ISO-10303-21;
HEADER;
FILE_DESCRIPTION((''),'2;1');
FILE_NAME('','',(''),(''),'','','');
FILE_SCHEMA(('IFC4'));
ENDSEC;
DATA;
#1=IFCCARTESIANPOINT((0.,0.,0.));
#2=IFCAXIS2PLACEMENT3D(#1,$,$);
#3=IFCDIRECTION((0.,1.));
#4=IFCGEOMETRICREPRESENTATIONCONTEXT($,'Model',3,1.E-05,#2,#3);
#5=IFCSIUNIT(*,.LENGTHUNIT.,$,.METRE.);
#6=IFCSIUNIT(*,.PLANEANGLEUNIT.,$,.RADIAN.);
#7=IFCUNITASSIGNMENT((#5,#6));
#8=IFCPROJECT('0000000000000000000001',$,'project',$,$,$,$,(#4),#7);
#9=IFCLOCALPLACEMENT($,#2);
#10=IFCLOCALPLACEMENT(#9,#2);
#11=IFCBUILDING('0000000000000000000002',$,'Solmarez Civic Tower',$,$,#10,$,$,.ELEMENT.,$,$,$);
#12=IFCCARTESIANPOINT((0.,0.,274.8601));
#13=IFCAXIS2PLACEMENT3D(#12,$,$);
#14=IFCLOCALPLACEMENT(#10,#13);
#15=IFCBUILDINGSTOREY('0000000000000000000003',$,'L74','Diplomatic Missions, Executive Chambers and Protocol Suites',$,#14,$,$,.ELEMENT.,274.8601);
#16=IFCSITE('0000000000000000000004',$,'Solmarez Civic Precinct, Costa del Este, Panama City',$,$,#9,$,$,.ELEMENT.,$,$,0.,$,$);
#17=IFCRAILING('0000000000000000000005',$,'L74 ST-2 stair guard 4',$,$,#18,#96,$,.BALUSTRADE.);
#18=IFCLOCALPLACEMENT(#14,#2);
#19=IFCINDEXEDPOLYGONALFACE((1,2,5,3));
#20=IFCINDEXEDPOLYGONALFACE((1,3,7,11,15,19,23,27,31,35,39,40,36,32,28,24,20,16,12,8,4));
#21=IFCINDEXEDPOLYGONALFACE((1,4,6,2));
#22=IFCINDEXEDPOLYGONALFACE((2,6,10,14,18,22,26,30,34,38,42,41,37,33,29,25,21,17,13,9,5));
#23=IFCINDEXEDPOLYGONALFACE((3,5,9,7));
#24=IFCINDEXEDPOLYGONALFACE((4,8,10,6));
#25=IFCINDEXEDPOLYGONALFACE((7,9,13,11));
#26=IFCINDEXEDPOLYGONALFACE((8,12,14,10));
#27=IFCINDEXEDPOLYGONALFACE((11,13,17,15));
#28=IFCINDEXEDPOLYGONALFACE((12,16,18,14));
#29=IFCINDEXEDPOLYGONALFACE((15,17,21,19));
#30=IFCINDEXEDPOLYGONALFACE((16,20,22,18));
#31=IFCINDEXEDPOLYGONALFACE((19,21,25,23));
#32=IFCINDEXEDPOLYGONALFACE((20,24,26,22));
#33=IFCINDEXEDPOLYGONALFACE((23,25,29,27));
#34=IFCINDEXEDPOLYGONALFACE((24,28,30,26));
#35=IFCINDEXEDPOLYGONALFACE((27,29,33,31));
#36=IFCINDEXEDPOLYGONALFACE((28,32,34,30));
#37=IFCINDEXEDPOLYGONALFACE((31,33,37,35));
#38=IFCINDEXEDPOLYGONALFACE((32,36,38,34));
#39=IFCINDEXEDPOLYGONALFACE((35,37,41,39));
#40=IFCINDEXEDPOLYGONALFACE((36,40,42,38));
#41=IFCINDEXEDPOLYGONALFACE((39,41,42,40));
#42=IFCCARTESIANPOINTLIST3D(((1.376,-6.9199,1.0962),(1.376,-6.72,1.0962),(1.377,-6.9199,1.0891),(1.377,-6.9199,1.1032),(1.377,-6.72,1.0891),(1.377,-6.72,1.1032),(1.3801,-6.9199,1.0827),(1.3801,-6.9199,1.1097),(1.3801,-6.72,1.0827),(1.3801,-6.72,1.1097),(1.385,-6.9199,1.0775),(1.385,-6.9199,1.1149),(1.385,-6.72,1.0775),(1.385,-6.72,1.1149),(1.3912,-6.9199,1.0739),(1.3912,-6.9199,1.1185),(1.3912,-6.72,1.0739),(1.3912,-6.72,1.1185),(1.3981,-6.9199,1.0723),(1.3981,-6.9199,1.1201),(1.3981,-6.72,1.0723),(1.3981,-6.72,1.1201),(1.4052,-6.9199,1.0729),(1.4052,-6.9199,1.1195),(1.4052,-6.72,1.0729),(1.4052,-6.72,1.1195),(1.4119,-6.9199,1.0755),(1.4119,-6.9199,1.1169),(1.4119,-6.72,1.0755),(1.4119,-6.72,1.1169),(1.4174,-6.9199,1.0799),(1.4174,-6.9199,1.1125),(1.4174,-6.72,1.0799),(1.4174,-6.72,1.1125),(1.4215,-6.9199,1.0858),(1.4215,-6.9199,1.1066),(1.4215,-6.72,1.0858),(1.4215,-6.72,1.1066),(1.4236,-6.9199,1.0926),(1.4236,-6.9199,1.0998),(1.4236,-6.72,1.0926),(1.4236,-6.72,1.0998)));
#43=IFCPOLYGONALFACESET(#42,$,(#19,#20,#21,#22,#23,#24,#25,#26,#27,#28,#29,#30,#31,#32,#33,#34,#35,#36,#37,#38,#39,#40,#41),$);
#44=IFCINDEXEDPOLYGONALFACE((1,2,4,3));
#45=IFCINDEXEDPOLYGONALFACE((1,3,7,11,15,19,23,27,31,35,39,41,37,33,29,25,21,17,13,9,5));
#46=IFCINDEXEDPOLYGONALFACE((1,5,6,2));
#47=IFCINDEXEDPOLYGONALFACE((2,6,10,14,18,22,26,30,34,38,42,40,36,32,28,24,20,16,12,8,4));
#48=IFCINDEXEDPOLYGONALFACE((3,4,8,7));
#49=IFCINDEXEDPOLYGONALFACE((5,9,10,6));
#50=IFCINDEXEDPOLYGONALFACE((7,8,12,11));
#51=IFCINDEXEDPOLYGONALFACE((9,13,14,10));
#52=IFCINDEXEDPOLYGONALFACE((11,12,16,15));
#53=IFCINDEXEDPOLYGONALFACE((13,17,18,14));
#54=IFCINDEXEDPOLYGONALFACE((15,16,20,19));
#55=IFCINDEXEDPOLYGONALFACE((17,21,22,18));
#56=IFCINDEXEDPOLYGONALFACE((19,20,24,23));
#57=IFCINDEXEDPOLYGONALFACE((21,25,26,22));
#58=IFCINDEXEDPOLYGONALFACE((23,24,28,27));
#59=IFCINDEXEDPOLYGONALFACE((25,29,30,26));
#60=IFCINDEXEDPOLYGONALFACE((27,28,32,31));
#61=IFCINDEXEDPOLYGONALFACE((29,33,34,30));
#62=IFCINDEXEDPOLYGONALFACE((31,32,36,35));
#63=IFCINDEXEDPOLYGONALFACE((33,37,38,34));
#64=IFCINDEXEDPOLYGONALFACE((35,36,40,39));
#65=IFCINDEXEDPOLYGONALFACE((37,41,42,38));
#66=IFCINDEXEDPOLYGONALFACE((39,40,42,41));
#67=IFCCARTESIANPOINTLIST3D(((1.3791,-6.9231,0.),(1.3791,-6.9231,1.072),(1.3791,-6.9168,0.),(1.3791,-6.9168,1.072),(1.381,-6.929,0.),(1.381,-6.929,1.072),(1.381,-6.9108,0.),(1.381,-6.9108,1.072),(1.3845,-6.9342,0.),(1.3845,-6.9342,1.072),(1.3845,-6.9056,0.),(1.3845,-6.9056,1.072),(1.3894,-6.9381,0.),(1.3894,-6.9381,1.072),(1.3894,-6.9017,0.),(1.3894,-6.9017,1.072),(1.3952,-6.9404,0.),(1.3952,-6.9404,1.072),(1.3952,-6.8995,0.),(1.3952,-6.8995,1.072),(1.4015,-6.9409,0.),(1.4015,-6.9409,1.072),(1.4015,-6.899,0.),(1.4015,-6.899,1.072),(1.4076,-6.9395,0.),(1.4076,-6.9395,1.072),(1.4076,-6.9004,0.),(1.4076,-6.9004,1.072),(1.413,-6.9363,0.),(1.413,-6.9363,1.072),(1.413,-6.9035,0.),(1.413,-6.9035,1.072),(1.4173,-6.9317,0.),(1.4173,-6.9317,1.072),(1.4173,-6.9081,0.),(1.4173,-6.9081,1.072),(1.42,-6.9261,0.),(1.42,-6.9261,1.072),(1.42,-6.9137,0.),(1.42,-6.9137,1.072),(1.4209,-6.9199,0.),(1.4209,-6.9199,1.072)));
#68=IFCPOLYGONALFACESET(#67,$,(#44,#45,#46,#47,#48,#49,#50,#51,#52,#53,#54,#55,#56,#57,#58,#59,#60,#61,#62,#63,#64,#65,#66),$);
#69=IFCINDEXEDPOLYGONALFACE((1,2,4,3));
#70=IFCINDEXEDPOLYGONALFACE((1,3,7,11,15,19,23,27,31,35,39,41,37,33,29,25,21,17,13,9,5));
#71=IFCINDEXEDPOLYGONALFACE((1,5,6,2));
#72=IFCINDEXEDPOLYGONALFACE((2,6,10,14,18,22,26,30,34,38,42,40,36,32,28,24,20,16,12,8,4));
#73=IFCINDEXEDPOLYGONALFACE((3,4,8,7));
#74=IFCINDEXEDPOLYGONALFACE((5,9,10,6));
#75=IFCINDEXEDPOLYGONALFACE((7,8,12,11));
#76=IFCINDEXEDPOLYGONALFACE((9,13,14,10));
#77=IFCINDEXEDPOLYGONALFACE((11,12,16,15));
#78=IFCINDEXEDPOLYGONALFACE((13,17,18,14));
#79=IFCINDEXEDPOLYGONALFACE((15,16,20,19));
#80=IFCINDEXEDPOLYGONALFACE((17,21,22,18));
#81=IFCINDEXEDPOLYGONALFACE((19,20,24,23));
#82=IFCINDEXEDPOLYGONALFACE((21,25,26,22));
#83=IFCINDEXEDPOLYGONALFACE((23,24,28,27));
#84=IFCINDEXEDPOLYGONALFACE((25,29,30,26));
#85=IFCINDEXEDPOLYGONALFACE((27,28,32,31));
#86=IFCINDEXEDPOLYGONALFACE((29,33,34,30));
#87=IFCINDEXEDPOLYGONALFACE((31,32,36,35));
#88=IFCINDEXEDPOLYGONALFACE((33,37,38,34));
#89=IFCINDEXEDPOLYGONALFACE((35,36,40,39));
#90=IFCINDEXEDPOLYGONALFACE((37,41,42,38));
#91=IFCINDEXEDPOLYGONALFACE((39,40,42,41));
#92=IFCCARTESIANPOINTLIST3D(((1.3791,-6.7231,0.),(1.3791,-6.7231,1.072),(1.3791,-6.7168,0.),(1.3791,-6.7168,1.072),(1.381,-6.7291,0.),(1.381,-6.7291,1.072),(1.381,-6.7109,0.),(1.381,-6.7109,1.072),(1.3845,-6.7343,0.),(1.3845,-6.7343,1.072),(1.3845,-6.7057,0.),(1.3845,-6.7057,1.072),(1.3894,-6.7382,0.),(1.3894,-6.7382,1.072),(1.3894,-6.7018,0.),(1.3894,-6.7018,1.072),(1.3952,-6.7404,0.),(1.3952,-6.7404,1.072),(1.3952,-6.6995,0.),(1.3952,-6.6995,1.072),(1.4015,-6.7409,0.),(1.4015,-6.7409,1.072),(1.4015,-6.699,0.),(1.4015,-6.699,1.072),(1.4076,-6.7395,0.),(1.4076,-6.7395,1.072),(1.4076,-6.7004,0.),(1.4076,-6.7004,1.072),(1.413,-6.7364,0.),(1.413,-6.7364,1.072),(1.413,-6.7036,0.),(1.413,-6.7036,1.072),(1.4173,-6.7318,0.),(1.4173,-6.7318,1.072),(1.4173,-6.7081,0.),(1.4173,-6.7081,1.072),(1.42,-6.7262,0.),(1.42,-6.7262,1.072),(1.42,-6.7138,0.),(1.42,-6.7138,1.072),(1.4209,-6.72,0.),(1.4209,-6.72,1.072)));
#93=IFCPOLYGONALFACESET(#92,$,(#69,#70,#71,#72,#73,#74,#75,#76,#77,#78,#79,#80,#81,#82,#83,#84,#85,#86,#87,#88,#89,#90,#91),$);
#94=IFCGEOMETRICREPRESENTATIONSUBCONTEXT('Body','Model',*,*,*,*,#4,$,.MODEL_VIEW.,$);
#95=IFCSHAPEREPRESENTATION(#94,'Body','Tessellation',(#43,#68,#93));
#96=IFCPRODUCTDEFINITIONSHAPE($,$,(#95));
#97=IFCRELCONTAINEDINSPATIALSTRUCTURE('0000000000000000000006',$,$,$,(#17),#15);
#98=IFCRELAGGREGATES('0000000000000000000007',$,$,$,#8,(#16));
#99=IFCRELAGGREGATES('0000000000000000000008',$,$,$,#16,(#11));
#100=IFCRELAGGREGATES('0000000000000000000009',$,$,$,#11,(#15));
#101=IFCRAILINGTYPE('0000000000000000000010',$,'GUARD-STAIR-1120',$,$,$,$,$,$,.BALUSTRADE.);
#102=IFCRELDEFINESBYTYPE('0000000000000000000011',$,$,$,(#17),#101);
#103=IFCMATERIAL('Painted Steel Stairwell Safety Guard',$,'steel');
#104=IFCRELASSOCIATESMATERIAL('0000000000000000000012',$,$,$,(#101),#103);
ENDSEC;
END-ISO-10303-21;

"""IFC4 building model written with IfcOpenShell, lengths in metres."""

from ifc_helpers import new_model, si_unit, direction, frame, origin, origin_2d, place, context, subcontext, project, spatial, circle, extrude, material, type_object, element, save


model = new_model("IFC4")

# Units and contexts
model_context = context("Model", 3, precision=1e-05, world=origin(), true_north=direction((0.0, 1.0)))
body_context = subcontext(model_context, "Body", "Model", "MODEL_VIEW")
ifc_project = project(units=[si_unit("LENGTHUNIT", "METRE"), si_unit("PLANEANGLEUNIT", "RADIAN")], contexts=[model_context])

# Site, building, storey
site_placement = place(None, origin())
site = spatial("IfcSite", under=ifc_project, at=site_placement, Name="Solmarez Civic Precinct, Costa del Este, Panama City", CompositionType="ELEMENT", RefElevation=0.0)
building_placement = place(site_placement, origin())
building = spatial("IfcBuilding", under=site, at=building_placement, Name="Solmarez Civic Tower", CompositionType="ELEMENT")
storey_placement = place(building_placement, frame((0.0, 0.0, 274.8601)))
storey = spatial("IfcBuildingStorey", under=building, at=storey_placement, Name="L74", Description="Diplomatic Missions, Executive Chambers and Protocol Suites", CompositionType="ELEMENT", Elevation=274.8601)

# Railing
ifc_material_1 = material(Name="Painted Steel Stairwell Safety Guard", Category="steel")
railing_type_1 = type_object("IfcRailingType", Name="GUARD-STAIR-1120", PredefinedType="BALUSTRADE", material=ifc_material_1)
railing_1_placement = place(storey_placement, frame((1.3999, -6.9199, 0.0)))
element("IfcRailing", 1, at=railing_1_placement, inside=storey, type_object=railing_type_1, Name="L74 ST-2 stair guard 4", PredefinedType="BALUSTRADE", context=body_context, shape_type="SweptSolid", body=[
    extrude(circle(Radius=0.0239, at=origin_2d()), frame((0.0, 0.0, 1.0962), z_axis=(0.0, 1.0, 0.0), x_axis=(-1.0, 0.0, 0.0)), (0.0, 0.0, 1.0), 0.2),
    extrude(circle(Radius=0.021, at=origin_2d()), origin(), (0.0, 0.0, 1.0), 1.072),
    extrude(circle(Radius=0.021, at=origin_2d()), frame((0.0, 0.2, 0.0)), (0.0, 0.0, 1.0), 1.072),
])

save(model, "model.ifc")
